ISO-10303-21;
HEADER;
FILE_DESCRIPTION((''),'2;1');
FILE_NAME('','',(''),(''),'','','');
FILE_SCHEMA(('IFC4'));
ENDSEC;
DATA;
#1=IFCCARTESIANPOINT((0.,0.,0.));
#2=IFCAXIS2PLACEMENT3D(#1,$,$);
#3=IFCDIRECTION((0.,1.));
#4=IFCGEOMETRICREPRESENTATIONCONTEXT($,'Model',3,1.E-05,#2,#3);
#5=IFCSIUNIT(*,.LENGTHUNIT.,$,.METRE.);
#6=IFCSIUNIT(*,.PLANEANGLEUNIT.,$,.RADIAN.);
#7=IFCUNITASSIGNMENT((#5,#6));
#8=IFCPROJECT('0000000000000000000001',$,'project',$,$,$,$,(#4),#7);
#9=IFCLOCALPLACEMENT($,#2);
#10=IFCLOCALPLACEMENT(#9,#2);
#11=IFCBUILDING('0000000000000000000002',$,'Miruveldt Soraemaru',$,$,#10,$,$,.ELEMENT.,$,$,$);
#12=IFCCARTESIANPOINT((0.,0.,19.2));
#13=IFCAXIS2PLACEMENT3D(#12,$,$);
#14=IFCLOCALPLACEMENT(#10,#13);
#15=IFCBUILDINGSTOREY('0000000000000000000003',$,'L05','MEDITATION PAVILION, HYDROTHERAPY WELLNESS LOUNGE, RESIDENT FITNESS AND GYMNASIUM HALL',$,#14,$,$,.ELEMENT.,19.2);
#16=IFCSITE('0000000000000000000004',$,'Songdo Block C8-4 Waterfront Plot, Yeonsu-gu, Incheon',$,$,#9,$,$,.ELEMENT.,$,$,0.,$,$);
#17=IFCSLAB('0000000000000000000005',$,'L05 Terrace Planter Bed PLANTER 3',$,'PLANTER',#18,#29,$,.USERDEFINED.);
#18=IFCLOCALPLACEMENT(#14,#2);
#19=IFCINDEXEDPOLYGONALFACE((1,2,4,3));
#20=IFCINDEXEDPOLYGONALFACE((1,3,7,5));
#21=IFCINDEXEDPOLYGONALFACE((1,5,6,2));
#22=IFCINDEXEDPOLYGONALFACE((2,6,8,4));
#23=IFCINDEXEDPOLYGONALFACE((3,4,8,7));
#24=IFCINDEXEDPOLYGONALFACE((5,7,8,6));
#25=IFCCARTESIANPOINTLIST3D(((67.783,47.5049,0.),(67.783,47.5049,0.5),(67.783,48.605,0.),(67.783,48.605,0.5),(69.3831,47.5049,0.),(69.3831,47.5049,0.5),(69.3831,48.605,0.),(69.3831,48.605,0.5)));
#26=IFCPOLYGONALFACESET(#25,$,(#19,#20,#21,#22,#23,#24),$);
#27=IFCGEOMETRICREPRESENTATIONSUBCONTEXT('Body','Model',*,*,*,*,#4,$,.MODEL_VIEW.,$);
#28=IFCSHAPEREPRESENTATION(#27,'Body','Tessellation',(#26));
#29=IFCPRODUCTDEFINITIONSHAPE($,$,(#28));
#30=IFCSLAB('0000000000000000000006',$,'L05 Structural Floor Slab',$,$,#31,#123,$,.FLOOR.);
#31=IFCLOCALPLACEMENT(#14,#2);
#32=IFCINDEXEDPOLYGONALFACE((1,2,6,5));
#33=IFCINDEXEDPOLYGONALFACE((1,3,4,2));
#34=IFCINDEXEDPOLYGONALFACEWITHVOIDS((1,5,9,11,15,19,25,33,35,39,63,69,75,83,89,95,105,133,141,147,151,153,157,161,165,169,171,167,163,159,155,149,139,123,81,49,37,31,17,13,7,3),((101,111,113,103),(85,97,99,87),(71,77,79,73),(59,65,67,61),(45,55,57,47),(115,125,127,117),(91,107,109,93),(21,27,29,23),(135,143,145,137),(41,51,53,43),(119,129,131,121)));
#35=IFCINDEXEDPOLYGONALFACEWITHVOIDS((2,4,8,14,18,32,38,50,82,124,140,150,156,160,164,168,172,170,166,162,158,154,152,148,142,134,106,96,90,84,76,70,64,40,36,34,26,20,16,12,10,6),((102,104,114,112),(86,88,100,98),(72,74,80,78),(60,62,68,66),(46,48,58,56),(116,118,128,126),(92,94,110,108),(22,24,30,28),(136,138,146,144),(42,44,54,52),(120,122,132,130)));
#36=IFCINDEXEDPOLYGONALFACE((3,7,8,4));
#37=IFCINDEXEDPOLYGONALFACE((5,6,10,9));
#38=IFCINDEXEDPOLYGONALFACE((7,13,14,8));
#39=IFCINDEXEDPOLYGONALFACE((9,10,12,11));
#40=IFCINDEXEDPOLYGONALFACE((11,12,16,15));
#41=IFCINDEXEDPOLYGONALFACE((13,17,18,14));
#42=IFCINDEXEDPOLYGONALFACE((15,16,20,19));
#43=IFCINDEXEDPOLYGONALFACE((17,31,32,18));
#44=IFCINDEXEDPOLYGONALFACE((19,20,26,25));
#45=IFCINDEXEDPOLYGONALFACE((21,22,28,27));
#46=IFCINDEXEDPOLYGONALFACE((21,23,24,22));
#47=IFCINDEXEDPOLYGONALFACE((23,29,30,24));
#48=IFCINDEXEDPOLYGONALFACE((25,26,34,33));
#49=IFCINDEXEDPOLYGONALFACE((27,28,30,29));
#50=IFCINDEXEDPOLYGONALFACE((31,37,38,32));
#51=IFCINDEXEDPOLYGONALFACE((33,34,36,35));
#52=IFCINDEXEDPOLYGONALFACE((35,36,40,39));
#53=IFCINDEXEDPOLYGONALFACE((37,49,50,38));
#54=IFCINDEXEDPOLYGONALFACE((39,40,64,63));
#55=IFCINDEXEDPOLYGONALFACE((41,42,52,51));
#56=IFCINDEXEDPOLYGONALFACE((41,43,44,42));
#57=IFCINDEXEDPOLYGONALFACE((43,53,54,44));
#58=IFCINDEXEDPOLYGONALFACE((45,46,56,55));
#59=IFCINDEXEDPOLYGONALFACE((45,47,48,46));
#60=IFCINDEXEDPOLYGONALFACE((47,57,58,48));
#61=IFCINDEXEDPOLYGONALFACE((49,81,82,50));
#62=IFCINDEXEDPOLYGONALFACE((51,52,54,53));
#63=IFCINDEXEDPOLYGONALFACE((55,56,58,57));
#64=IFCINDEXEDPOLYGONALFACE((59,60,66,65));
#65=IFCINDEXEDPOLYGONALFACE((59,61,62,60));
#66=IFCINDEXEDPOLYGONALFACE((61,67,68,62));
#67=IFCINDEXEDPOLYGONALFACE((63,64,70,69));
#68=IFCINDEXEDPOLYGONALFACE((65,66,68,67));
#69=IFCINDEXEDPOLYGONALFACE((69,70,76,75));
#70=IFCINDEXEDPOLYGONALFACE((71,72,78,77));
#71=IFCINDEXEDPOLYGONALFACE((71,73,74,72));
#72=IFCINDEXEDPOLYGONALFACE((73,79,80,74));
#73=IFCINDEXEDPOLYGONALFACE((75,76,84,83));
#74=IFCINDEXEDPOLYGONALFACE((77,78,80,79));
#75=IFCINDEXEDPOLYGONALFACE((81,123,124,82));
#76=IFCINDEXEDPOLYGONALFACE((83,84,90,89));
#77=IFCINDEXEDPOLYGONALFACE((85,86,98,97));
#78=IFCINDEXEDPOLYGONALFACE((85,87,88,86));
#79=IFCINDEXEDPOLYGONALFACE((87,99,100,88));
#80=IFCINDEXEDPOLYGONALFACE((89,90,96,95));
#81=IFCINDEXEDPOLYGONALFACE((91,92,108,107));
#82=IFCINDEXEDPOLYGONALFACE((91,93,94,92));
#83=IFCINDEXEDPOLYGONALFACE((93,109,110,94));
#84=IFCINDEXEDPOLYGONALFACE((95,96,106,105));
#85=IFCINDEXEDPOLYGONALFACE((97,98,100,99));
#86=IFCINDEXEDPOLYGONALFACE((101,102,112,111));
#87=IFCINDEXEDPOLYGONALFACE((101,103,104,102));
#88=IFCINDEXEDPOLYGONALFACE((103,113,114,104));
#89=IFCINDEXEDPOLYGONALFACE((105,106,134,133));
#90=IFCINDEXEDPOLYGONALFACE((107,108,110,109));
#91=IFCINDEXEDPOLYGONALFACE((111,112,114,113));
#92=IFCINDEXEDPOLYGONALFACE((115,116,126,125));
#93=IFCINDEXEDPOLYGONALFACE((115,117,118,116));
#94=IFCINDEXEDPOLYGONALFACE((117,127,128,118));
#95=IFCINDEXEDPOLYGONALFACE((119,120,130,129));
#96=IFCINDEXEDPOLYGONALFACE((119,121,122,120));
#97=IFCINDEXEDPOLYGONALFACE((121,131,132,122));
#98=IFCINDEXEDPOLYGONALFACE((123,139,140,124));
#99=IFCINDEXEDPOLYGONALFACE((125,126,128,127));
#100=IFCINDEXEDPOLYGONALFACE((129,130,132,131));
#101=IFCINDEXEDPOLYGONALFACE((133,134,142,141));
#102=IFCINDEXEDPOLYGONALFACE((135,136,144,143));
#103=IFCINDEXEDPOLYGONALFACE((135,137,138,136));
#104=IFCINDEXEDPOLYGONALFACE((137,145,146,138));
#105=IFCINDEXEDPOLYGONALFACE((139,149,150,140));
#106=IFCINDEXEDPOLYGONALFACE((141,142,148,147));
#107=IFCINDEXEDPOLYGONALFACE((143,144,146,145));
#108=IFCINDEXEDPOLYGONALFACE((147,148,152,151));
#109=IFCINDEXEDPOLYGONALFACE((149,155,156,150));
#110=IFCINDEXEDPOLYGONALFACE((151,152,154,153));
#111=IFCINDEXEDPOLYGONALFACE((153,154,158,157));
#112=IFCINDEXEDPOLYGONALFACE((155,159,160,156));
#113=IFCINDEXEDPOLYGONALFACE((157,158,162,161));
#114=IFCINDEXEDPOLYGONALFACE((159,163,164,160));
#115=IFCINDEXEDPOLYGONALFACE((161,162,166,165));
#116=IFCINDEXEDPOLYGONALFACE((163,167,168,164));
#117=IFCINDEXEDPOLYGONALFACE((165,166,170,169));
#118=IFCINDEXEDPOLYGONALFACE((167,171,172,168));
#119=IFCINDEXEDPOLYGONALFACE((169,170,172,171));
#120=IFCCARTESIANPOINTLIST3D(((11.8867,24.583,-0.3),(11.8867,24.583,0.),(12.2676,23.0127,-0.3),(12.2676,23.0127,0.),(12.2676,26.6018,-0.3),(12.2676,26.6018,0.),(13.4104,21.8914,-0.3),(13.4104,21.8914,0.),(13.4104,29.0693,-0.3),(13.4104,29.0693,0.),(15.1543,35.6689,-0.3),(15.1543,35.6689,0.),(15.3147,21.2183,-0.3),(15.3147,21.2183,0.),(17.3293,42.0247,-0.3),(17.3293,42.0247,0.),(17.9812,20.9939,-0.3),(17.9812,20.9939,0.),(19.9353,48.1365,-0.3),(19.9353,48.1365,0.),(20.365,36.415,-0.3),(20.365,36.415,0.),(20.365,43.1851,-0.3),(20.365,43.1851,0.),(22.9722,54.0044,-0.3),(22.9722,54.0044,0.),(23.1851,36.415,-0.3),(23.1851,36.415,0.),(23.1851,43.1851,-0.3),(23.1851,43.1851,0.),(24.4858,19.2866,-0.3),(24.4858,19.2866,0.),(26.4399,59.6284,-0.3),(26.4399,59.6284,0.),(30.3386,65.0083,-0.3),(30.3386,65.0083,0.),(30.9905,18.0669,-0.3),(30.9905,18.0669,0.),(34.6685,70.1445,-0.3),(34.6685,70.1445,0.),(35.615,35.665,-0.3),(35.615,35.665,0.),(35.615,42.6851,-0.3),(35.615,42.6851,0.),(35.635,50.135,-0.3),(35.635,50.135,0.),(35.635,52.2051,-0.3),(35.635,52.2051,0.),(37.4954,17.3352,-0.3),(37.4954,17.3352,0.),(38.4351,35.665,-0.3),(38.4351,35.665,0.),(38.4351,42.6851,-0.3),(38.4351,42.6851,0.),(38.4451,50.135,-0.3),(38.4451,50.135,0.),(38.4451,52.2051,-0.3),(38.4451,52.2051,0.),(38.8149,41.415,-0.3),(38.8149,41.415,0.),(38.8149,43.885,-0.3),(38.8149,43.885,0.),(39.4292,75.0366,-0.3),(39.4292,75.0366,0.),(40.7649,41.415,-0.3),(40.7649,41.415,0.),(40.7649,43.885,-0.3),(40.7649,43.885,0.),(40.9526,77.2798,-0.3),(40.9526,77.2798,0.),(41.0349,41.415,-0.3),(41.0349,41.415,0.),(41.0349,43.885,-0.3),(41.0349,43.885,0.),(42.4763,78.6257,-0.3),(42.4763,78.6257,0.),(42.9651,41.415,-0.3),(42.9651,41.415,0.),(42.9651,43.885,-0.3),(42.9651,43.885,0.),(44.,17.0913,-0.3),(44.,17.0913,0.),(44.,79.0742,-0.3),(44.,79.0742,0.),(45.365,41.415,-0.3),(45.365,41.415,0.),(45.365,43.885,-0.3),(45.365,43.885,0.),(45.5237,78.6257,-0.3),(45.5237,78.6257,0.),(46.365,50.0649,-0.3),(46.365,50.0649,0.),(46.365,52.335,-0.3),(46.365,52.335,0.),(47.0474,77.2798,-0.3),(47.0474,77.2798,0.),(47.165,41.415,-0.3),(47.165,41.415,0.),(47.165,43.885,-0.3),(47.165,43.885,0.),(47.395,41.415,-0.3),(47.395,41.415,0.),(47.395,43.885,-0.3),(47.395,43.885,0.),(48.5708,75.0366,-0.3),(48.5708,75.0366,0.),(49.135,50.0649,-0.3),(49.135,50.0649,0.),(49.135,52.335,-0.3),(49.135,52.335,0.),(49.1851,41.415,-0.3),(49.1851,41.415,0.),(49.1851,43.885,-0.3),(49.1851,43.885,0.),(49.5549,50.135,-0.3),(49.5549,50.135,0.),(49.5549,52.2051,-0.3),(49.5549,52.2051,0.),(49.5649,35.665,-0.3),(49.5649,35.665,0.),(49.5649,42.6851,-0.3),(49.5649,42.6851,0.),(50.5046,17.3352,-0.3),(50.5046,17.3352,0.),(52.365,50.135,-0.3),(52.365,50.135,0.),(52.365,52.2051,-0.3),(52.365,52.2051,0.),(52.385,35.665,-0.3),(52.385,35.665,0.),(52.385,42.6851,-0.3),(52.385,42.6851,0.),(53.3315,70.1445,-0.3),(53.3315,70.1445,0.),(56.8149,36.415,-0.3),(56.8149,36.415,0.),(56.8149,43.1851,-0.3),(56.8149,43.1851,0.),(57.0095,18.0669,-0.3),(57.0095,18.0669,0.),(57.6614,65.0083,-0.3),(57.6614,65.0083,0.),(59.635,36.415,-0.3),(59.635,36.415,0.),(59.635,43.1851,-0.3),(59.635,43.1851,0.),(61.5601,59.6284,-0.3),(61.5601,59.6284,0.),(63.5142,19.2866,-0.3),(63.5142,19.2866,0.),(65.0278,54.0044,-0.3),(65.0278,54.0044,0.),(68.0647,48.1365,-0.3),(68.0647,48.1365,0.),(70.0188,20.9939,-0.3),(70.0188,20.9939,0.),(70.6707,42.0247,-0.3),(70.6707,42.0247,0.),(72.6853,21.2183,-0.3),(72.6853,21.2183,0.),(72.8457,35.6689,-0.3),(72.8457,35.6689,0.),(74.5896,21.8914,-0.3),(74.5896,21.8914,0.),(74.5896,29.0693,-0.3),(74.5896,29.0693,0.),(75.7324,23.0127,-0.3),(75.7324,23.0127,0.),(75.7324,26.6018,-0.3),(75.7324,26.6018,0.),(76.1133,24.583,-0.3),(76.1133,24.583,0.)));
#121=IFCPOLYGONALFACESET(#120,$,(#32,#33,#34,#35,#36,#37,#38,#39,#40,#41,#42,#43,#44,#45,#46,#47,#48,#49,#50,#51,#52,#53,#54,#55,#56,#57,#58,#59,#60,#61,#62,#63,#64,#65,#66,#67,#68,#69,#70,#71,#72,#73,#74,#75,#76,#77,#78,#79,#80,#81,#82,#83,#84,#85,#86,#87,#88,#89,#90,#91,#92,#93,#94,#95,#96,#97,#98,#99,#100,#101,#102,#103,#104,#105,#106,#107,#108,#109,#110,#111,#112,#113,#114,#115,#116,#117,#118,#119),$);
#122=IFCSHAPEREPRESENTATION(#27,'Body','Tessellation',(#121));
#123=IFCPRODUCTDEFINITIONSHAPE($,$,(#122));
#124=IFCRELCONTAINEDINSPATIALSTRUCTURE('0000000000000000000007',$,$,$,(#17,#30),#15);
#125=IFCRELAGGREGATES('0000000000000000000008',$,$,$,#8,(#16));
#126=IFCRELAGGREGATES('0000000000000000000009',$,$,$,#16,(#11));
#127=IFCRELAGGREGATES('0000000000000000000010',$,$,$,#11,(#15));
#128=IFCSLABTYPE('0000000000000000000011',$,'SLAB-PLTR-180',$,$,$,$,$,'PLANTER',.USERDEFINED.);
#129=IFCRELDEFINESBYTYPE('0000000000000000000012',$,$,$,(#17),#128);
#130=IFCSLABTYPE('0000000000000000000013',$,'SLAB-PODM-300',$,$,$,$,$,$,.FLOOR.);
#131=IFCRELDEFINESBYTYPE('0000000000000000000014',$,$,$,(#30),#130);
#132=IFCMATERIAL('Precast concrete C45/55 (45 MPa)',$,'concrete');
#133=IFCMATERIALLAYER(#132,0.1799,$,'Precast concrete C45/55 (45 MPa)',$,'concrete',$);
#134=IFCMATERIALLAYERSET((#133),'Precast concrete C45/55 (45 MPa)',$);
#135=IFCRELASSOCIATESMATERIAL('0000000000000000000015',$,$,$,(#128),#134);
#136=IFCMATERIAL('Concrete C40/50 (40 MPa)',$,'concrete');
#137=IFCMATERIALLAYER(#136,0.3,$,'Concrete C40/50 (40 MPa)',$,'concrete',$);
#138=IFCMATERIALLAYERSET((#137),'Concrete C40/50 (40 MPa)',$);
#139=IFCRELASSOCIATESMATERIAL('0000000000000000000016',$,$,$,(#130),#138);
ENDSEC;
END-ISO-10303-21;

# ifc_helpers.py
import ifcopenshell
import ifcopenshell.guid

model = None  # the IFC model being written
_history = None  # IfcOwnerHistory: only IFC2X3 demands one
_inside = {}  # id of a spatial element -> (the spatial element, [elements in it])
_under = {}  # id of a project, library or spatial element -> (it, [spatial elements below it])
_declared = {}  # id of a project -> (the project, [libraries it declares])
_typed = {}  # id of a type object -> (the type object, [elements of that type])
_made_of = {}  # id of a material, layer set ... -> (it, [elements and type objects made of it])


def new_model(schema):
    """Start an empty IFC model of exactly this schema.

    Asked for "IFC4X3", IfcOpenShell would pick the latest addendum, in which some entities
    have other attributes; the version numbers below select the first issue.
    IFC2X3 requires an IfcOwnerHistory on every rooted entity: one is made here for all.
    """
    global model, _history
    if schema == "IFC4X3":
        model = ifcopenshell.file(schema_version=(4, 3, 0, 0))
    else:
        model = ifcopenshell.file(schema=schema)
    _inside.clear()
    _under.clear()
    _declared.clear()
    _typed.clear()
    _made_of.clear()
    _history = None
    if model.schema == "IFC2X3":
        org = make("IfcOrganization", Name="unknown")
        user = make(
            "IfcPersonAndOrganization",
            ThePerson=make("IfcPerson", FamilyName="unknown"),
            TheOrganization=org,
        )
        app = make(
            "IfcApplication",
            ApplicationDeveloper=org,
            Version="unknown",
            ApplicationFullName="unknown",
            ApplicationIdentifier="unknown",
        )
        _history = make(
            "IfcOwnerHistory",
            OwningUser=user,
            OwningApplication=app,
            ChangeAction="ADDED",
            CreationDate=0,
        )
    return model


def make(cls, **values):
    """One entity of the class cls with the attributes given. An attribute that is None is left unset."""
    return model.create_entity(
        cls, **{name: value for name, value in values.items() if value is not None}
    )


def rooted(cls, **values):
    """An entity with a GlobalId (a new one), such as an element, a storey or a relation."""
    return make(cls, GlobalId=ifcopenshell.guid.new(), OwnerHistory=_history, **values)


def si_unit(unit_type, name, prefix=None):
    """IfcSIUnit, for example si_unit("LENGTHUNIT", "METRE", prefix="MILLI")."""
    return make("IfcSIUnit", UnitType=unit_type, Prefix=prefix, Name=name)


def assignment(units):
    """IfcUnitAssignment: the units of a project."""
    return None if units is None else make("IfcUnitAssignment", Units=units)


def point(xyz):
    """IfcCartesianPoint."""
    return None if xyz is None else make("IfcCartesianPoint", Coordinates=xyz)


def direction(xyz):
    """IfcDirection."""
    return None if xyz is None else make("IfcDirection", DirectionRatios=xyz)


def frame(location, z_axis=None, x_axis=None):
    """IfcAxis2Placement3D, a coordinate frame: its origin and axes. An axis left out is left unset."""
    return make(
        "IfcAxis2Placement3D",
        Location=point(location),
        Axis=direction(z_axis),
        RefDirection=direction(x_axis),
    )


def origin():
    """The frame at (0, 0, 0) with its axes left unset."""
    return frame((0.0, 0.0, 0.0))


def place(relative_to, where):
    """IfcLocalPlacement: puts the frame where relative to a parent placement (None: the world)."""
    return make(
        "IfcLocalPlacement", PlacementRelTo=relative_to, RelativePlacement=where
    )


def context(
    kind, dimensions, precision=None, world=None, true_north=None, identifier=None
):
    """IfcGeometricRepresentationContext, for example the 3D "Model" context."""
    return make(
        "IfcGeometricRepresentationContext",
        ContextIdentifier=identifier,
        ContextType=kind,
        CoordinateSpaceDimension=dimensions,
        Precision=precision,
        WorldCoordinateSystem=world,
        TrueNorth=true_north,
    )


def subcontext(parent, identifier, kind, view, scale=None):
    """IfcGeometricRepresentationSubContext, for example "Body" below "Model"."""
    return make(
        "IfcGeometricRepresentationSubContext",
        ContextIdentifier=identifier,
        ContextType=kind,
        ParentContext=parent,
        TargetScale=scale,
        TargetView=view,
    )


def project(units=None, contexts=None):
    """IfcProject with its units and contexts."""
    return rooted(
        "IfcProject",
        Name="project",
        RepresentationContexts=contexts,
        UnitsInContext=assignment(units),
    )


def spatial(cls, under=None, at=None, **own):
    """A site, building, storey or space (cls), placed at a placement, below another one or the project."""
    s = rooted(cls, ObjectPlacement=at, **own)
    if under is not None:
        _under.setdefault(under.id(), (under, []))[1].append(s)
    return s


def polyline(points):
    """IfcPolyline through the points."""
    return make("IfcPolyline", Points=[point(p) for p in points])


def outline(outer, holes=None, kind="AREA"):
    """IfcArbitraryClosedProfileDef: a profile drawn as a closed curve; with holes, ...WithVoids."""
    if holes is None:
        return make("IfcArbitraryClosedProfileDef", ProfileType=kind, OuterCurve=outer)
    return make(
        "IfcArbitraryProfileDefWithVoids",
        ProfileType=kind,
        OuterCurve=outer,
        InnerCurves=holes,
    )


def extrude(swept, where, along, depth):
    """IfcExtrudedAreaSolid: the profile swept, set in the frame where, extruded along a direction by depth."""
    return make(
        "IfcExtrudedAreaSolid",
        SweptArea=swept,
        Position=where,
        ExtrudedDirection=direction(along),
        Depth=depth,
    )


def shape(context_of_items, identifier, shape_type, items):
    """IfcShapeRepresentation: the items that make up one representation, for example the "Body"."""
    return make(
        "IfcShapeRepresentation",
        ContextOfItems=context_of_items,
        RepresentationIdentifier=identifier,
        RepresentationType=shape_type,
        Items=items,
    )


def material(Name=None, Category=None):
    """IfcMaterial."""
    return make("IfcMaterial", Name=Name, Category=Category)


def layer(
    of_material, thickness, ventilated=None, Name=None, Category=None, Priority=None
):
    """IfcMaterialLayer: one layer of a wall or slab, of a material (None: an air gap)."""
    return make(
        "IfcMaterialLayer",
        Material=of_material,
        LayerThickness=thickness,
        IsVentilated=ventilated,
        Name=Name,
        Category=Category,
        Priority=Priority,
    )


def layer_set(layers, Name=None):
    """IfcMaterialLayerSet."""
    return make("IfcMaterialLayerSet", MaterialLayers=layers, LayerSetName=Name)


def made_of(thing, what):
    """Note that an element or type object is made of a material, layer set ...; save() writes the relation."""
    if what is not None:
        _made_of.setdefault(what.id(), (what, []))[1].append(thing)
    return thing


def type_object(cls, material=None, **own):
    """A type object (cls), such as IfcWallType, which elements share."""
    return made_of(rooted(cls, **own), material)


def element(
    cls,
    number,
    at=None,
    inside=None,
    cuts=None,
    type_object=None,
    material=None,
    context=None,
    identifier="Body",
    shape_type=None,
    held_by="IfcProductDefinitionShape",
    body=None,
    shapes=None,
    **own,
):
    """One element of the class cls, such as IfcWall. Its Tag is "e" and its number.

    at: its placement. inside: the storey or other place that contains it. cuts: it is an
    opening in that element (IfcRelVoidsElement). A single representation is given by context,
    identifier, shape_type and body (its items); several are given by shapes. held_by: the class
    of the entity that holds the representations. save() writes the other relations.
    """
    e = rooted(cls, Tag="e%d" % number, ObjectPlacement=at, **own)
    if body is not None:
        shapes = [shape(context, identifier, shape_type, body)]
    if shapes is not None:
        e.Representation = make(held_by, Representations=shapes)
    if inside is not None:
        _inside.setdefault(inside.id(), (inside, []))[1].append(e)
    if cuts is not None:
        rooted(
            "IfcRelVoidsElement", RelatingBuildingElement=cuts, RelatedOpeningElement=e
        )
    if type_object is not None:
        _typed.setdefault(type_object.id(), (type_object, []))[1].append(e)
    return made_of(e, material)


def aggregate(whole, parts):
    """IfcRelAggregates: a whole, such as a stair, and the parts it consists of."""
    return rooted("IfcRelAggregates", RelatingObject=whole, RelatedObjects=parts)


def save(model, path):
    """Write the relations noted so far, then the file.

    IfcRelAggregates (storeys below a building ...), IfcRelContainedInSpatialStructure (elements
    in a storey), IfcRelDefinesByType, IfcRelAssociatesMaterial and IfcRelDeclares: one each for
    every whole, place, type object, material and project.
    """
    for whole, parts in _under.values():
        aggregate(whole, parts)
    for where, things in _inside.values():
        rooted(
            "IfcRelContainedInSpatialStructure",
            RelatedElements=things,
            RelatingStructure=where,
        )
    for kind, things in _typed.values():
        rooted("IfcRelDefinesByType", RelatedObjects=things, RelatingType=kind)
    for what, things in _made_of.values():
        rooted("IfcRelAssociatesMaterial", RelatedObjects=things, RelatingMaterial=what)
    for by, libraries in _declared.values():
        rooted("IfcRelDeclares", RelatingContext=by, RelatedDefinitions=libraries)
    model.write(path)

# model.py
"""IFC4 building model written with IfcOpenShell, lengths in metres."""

from ifc_helpers import new_model, si_unit, direction, frame, origin, place, context, subcontext, project, spatial, polyline, outline, extrude, material, layer, layer_set, type_object, element, save


model = new_model("IFC4")

# Units and contexts
model_context = context("Model", 3, precision=1e-05, world=origin(), true_north=direction((0.0, 1.0)))
body_context = subcontext(model_context, "Body", "Model", "MODEL_VIEW")
ifc_project = project(units=[si_unit("LENGTHUNIT", "METRE"), si_unit("PLANEANGLEUNIT", "RADIAN")], contexts=[model_context])

# Site, building, storey
site_placement = place(None, origin())
site = spatial("IfcSite", under=ifc_project, at=site_placement, Name="Songdo Block C8-4 Waterfront Plot, Yeonsu-gu, Incheon", CompositionType="ELEMENT", RefElevation=0.0)
building_placement = place(site_placement, origin())
building = spatial("IfcBuilding", under=site, at=building_placement, Name="Miruveldt Soraemaru", CompositionType="ELEMENT")
storey_placement = place(building_placement, frame((0.0, 0.0, 19.2)))
storey = spatial("IfcBuildingStorey", under=building, at=storey_placement, Name="L05", Description="MEDITATION PAVILION, HYDROTHERAPY WELLNESS LOUNGE, RESIDENT FITNESS AND GYMNASIUM HALL", CompositionType="ELEMENT", Elevation=19.2)

# Shared definitions
ifc_material_1 = material(Name="Concrete C40/50 (40 MPa)", Category="concrete")

# Slabs
ifc_material_2 = material(Name="Precast concrete C45/55 (45 MPa)", Category="concrete")
ifc_layer_1 = layer(ifc_material_2, 0.1799, Name="Precast concrete C45/55 (45 MPa)", Category="concrete")
ifc_layer_set_1 = layer_set([ifc_layer_1], Name="Precast concrete C45/55 (45 MPa)")
slab_type_1 = type_object("IfcSlabType", Name="SLAB-PLTR-180", ElementType="PLANTER", PredefinedType="USERDEFINED", material=ifc_layer_set_1)
slab_1_placement = place(storey_placement, origin())
element("IfcSlab", 1, at=slab_1_placement, inside=storey, type_object=slab_type_1, Name="L05 Terrace Planter Bed PLANTER 3", ObjectType="PLANTER", PredefinedType="USERDEFINED", context=body_context, shape_type="SweptSolid", body=[
    extrude(outline(polyline([(67.783, 47.5049), (69.3831, 47.5049), (69.3831, 48.605), (67.783, 48.605), (67.783, 47.5049)])), origin(), (0.0, 0.0, 1.0), 0.5),
])
ifc_layer_2 = layer(ifc_material_1, 0.3, Name="Concrete C40/50 (40 MPa)", Category="concrete")
ifc_layer_set_2 = layer_set([ifc_layer_2], Name="Concrete C40/50 (40 MPa)")
slab_type_2 = type_object("IfcSlabType", Name="SLAB-PODM-300", PredefinedType="FLOOR", material=ifc_layer_set_2)
slab_2_placement = place(storey_placement, frame((0.0, 0.0, -0.3)))
element("IfcSlab", 2, at=slab_2_placement, inside=storey, type_object=slab_type_2, Name="L05 Structural Floor Slab", PredefinedType="FLOOR", context=body_context, shape_type="SweptSolid", body=[
    extrude(outline(polyline([(53.3315, 70.1445), (57.6614, 65.0083), (61.5601, 59.6284), (65.0278, 54.0044), (68.0647, 48.1365), (70.6707, 42.0247), (72.8457, 35.6689), (74.5896, 29.0693), (75.7324, 26.6018), (76.1133, 24.583), (75.7324, 23.0127), (74.5896, 21.8914), (72.6853, 21.2183), (70.0188, 20.9939), (63.5142, 19.2866), (57.0095, 18.0669), (50.5046, 17.3352), (44.0, 17.0913), (37.4954, 17.3352), (30.9905, 18.0669), (24.4858, 19.2866), (17.9812, 20.9939), (15.3147, 21.2183), (13.4104, 21.8914), (12.2676, 23.0127), (11.8867, 24.583), (12.2676, 26.6018), (13.4104, 29.0693), (15.1543, 35.6689), (17.3293, 42.0247), (19.9353, 48.1365), (22.9722, 54.0044), (26.4399, 59.6284), (30.3386, 65.0083), (34.6685, 70.1445), (39.4292, 75.0366), (40.9526, 77.2798), (42.4763, 78.6257), (44.0, 79.0742), (45.5237, 78.6257), (47.0474, 77.2798), (48.5708, 75.0366), (53.3315, 70.1445)]), holes=[polyline([(35.615, 35.665), (38.4351, 35.665), (38.4351, 42.6851), (35.615, 42.6851), (35.615, 35.665)]), polyline([(20.365, 36.415), (23.1851, 36.415), (23.1851, 43.1851), (20.365, 43.1851), (20.365, 36.415)]), polyline([(40.7649, 41.415), (40.7649, 43.885), (38.8149, 43.885), (38.8149, 41.415), (40.7649, 41.415)]), polyline([(41.0349, 41.415), (42.9651, 41.415), (42.9651, 43.885), (41.0349, 43.885), (41.0349, 41.415)]), polyline([(45.365, 41.415), (47.165, 41.415), (47.165, 43.885), (45.365, 43.885), (45.365, 41.415)]), polyline([(38.4451, 50.135), (38.4451, 52.2051), (35.635, 52.2051), (35.635, 50.135), (38.4451, 50.135)]), polyline([(49.5649, 42.6851), (49.5649, 35.665), (52.385, 35.665), (52.385, 42.6851), (49.5649, 42.6851)]), polyline([(56.8149, 43.1851), (56.8149, 36.415), (59.635, 36.415), (59.635, 43.1851), (56.8149, 43.1851)]), polyline([(49.1851, 41.415), (49.1851, 43.885), (47.395, 43.885), (47.395, 41.415), (49.1851, 41.415)]), polyline([(49.5549, 50.135), (52.365, 50.135), (52.365, 52.2051), (49.5549, 52.2051), (49.5549, 50.135)]), polyline([(46.365, 50.0649), (49.135, 50.0649), (49.135, 52.335), (46.365, 52.335), (46.365, 50.0649)])]), origin(), (0.0, 0.0, 1.0), 0.3),
])

save(model, "model.ifc")
